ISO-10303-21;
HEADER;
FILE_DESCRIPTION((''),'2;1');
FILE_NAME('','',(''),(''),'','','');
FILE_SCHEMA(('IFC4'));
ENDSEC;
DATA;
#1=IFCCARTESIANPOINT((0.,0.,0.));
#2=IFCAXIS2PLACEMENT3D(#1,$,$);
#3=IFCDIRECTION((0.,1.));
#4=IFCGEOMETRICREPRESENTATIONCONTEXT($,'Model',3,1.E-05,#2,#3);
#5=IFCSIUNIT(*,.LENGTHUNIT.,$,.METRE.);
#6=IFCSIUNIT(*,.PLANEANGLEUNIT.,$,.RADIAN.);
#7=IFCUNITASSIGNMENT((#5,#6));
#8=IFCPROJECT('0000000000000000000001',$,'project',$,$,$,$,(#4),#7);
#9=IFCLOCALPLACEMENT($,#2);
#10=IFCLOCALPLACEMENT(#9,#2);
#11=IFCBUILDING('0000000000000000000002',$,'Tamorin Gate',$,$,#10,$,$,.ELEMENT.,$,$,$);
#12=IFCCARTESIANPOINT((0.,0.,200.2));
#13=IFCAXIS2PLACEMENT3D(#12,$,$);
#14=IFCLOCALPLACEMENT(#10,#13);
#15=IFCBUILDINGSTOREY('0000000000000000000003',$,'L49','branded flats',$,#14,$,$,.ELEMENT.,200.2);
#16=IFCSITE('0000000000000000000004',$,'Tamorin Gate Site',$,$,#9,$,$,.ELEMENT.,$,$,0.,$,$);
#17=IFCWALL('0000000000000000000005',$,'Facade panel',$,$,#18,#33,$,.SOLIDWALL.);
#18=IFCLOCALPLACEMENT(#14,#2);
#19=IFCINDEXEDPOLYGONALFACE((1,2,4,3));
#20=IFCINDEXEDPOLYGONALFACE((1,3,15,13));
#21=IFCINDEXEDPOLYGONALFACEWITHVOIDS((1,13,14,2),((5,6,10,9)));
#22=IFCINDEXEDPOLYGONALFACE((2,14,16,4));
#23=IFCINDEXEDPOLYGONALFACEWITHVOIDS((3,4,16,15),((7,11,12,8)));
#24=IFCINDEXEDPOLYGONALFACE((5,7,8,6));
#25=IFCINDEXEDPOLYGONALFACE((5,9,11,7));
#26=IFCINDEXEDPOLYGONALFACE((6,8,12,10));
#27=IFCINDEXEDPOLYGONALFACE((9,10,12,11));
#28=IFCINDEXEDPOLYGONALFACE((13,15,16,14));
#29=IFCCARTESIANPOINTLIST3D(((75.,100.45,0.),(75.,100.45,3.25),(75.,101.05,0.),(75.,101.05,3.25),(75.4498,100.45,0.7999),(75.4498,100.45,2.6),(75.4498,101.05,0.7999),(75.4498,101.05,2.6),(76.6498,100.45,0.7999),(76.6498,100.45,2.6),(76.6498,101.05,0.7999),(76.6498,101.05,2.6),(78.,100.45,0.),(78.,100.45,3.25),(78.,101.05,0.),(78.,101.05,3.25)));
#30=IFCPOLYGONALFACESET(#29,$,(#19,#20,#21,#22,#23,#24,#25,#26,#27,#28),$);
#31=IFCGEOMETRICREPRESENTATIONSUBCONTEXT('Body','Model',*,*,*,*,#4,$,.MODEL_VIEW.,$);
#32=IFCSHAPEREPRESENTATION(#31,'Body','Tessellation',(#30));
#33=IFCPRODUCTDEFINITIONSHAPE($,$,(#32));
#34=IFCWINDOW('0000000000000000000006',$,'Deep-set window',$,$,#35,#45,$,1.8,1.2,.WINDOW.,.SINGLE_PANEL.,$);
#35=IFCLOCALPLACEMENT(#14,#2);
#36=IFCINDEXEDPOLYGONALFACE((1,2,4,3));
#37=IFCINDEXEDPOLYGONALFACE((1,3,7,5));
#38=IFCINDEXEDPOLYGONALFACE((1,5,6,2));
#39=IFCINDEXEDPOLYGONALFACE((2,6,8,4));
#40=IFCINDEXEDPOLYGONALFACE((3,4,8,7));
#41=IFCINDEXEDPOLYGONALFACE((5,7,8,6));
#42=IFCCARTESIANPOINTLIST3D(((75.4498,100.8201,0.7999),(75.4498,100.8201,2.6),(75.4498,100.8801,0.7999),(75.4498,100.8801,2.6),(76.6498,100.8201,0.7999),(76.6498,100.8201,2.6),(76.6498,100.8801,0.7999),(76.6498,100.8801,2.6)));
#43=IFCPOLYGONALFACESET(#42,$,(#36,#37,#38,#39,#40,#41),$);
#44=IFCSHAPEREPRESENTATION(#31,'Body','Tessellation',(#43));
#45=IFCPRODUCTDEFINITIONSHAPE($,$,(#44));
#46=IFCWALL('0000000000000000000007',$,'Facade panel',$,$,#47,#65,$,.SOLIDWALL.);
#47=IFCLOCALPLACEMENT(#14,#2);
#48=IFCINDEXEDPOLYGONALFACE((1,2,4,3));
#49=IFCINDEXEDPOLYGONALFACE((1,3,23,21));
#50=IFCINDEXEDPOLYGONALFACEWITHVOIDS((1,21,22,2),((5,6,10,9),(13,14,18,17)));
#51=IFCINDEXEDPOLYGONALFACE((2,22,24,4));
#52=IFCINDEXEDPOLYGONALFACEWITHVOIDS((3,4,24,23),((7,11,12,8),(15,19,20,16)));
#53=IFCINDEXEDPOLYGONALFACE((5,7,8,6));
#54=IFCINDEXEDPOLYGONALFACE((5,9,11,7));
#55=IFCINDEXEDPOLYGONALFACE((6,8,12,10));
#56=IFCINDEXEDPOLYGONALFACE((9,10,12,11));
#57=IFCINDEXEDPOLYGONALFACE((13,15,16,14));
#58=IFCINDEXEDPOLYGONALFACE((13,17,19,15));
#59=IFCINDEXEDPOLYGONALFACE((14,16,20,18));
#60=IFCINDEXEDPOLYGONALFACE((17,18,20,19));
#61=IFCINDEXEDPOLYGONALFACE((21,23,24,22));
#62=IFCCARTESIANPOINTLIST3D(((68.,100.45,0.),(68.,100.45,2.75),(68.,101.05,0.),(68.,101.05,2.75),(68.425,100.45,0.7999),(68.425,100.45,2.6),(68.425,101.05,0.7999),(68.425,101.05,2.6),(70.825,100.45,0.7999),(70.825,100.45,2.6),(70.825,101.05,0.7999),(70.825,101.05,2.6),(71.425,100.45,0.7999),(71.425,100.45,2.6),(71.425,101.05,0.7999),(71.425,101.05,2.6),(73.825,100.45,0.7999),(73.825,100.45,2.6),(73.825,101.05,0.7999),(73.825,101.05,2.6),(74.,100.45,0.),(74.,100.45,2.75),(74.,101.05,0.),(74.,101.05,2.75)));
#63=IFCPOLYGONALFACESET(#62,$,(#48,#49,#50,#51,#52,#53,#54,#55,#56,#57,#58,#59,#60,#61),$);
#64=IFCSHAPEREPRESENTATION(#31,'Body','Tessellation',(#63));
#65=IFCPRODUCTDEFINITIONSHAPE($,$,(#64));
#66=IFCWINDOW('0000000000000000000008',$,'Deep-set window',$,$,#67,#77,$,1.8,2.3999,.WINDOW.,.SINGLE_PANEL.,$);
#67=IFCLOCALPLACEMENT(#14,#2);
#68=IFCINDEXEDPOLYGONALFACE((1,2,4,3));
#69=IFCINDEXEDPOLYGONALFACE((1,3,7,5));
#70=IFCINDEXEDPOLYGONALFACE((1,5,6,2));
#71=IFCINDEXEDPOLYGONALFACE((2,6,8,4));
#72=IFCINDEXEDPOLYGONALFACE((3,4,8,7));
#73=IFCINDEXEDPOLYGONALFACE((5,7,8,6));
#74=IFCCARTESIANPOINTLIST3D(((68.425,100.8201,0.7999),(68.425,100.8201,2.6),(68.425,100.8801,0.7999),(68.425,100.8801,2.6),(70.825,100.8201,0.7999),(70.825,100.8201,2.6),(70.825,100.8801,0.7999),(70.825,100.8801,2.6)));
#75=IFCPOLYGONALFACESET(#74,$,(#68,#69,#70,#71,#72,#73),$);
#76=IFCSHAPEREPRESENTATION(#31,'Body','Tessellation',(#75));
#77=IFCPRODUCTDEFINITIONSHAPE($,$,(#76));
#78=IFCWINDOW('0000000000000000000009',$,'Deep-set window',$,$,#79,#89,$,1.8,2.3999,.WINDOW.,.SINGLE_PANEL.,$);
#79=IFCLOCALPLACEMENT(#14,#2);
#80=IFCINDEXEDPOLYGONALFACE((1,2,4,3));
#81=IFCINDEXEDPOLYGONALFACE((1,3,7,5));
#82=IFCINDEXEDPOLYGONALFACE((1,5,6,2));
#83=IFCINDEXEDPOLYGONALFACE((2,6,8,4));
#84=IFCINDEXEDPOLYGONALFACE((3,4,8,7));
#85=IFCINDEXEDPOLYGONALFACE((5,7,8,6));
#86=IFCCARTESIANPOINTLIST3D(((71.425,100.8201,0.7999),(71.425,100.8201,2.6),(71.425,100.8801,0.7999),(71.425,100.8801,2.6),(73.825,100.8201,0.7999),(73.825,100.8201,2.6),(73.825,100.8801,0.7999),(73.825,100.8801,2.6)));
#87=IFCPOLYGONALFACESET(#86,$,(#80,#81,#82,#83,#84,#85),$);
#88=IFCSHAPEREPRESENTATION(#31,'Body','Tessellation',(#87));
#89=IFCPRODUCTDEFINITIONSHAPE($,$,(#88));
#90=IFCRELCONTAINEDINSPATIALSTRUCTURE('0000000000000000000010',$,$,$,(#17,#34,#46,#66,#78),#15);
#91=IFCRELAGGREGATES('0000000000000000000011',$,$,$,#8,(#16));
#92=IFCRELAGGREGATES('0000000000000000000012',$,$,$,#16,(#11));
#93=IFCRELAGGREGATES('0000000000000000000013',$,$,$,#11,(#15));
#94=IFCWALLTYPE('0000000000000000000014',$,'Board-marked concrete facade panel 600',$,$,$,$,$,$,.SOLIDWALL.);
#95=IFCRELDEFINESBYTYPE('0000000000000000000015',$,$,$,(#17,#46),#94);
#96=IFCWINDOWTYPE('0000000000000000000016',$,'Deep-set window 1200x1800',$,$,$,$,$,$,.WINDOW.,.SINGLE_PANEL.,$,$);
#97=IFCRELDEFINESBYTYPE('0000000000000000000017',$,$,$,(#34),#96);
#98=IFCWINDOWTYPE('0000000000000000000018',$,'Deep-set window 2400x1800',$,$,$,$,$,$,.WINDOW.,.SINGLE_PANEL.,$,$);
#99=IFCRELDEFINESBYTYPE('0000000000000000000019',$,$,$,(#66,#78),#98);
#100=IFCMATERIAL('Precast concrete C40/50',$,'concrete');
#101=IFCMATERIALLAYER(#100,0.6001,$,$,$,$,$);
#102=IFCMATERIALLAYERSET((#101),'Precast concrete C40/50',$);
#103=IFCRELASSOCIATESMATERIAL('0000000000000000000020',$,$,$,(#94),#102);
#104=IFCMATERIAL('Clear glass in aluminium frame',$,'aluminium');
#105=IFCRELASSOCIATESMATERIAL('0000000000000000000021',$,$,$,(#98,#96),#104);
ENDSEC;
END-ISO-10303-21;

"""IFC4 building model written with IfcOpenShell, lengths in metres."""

from ifc_helpers import new_model, si_unit, direction, frame, frame_2d, origin, place, context, subcontext, project, spatial, rectangle, extrude, material, layer, layer_set, type_object, element, fill, save


model = new_model("IFC4")

# Units and contexts
model_context = context("Model", 3, precision=1e-05, world=origin(), true_north=direction((0.0, 1.0)))
body_context = subcontext(model_context, "Body", "Model", "MODEL_VIEW")
ifc_project = project(units=[si_unit("LENGTHUNIT", "METRE"), si_unit("PLANEANGLEUNIT", "RADIAN")], contexts=[model_context])

# Site, building, storey
site_placement = place(None, origin())
site = spatial("IfcSite", under=ifc_project, at=site_placement, Name="Tamorin Gate Site", CompositionType="ELEMENT", RefElevation=0.0)
building_placement = place(site_placement, origin())
building = spatial("IfcBuilding", under=site, at=building_placement, Name="Tamorin Gate", CompositionType="ELEMENT")
storey_placement = place(building_placement, frame((0.0, 0.0, 200.2)))
storey = spatial("IfcBuildingStorey", under=building, at=storey_placement, Name="L49", Description="branded flats", CompositionType="ELEMENT", Elevation=200.2)

# Shared definitions
ifc_material_1 = material(Name="Precast concrete C40/50", Category="concrete")
ifc_layer = layer(ifc_material_1, 0.6001)
ifc_layer_set = layer_set([ifc_layer], Name="Precast concrete C40/50")
wall_type = type_object("IfcWallType", Name="Board-marked concrete facade panel 600", PredefinedType="SOLIDWALL", material=ifc_layer_set)
ifc_material_2 = material(Name="Clear glass in aluminium frame", Category="aluminium")
window_type_1 = type_object("IfcWindowType", Name="Deep-set window 2400x1800", PartitioningType="SINGLE_PANEL", PredefinedType="WINDOW", material=ifc_material_2)
window_type_2 = type_object("IfcWindowType", Name="Deep-set window 1200x1800", PartitioningType="SINGLE_PANEL", PredefinedType="WINDOW", material=ifc_material_2)

# Wall, opening, window
wall_1_placement = place(storey_placement, frame((78.0, 100.75, 0.0), z_axis=(0.0, 0.0, 1.0), x_axis=(-1.0, 0.0, 0.0)))
wall_1 = element("IfcWall", 1, at=wall_1_placement, inside=storey, type_object=wall_type, Name="Facade panel", PredefinedType="SOLIDWALL", context=body_context, shape_type="SweptSolid", body=[
    extrude(rectangle(XDim=3.0, YDim=0.6001, at=frame_2d((1.5, 0.0))), origin(), (0.0, 0.0, 1.0), 3.25),
])
opening_1_placement = place(wall_1_placement, frame((1.3501, 0.0, 0.8)))
opening_1 = element("IfcOpeningElement", 2, at=opening_1_placement, cuts=wall_1, PredefinedType="OPENING", context=body_context, shape_type="SweptSolid", body=[
    extrude(rectangle(XDim=1.2, YDim=1.8, at=frame_2d((0.6001, 0.8999))), frame((0.0, 0.3101, 0.0), z_axis=(0.0, -1.0, 0.0), x_axis=(1.0, 0.0, 0.0)), (0.0, 0.0, 1.0), 0.6201),
])
window_1_placement = place(opening_1_placement, origin())
window_1 = element("IfcWindow", 3, at=window_1_placement, inside=storey, type_object=window_type_2, Name="Deep-set window", OverallHeight=1.8, OverallWidth=1.2, PartitioningType="SINGLE_PANEL", PredefinedType="WINDOW", context=body_context, shape_type="SweptSolid", body=[
    extrude(rectangle(XDim=1.2, YDim=1.8, at=frame_2d((0.6001, 0.8999))), frame((0.0, -0.0701, 0.0), z_axis=(0.0, -1.0, 0.0), x_axis=(1.0, 0.0, 0.0)), (0.0, 0.0, 1.0), 0.0601),
])
fill(opening_1, window_1)

# Wall, openings, windows
wall_2_placement = place(storey_placement, frame((74.0, 100.75, 0.0), z_axis=(0.0, 0.0, 1.0), x_axis=(-1.0, 0.0, 0.0)))
wall_2 = element("IfcWall", 4, at=wall_2_placement, inside=storey, type_object=wall_type, Name="Facade panel", PredefinedType="SOLIDWALL", context=body_context, shape_type="SweptSolid", body=[
    extrude(rectangle(XDim=6.0, YDim=0.6001, at=frame_2d((3.0, 0.0))), origin(), (0.0, 0.0, 1.0), 2.75),
])
opening_2_placement = place(wall_2_placement, frame((3.175, 0.0, 0.8)))
opening_2 = element("IfcOpeningElement", 5, at=opening_2_placement, cuts=wall_2, PredefinedType="OPENING", context=body_context, shape_type="SweptSolid", body=[
    extrude(rectangle(XDim=2.3999, YDim=1.8, at=frame_2d((1.2, 0.8999))), frame((0.0, 0.3101, 0.0), z_axis=(0.0, -1.0, 0.0), x_axis=(1.0, 0.0, 0.0)), (0.0, 0.0, 1.0), 0.6201),
])
opening_3_placement = place(wall_2_placement, frame((0.175, 0.0, 0.8)))
opening_3 = element("IfcOpeningElement", 6, at=opening_3_placement, cuts=wall_2, PredefinedType="OPENING", context=body_context, shape_type="SweptSolid", body=[
    extrude(rectangle(XDim=2.3999, YDim=1.8, at=frame_2d((1.2, 0.8999))), frame((0.0, 0.3101, 0.0), z_axis=(0.0, -1.0, 0.0), x_axis=(1.0, 0.0, 0.0)), (0.0, 0.0, 1.0), 0.6201),
])
window_2_placement = place(opening_2_placement, origin())
window_2 = element("IfcWindow", 7, at=window_2_placement, inside=storey, type_object=window_type_1, Name="Deep-set window", OverallHeight=1.8, OverallWidth=2.3999, PartitioningType="SINGLE_PANEL", PredefinedType="WINDOW", context=body_context, shape_type="SweptSolid", body=[
    extrude(rectangle(XDim=2.3999, YDim=1.8, at=frame_2d((1.2, 0.8999))), frame((0.0, -0.0701, 0.0), z_axis=(0.0, -1.0, 0.0), x_axis=(1.0, 0.0, 0.0)), (0.0, 0.0, 1.0), 0.0601),
])
fill(opening_2, window_2)
window_3_placement = place(opening_3_placement, origin())
window_3 = element("IfcWindow", 8, at=window_3_placement, inside=storey, type_object=window_type_1, Name="Deep-set window", OverallHeight=1.8, OverallWidth=2.3999, PartitioningType="SINGLE_PANEL", PredefinedType="WINDOW", context=body_context, shape_type="SweptSolid", body=[
    extrude(rectangle(XDim=2.3999, YDim=1.8, at=frame_2d((1.2, 0.8999))), frame((0.0, -0.0701, 0.0), z_axis=(0.0, -1.0, 0.0), x_axis=(1.0, 0.0, 0.0)), (0.0, 0.0, 1.0), 0.0601),
])
fill(opening_3, window_3)

save(model, "model.ifc")
